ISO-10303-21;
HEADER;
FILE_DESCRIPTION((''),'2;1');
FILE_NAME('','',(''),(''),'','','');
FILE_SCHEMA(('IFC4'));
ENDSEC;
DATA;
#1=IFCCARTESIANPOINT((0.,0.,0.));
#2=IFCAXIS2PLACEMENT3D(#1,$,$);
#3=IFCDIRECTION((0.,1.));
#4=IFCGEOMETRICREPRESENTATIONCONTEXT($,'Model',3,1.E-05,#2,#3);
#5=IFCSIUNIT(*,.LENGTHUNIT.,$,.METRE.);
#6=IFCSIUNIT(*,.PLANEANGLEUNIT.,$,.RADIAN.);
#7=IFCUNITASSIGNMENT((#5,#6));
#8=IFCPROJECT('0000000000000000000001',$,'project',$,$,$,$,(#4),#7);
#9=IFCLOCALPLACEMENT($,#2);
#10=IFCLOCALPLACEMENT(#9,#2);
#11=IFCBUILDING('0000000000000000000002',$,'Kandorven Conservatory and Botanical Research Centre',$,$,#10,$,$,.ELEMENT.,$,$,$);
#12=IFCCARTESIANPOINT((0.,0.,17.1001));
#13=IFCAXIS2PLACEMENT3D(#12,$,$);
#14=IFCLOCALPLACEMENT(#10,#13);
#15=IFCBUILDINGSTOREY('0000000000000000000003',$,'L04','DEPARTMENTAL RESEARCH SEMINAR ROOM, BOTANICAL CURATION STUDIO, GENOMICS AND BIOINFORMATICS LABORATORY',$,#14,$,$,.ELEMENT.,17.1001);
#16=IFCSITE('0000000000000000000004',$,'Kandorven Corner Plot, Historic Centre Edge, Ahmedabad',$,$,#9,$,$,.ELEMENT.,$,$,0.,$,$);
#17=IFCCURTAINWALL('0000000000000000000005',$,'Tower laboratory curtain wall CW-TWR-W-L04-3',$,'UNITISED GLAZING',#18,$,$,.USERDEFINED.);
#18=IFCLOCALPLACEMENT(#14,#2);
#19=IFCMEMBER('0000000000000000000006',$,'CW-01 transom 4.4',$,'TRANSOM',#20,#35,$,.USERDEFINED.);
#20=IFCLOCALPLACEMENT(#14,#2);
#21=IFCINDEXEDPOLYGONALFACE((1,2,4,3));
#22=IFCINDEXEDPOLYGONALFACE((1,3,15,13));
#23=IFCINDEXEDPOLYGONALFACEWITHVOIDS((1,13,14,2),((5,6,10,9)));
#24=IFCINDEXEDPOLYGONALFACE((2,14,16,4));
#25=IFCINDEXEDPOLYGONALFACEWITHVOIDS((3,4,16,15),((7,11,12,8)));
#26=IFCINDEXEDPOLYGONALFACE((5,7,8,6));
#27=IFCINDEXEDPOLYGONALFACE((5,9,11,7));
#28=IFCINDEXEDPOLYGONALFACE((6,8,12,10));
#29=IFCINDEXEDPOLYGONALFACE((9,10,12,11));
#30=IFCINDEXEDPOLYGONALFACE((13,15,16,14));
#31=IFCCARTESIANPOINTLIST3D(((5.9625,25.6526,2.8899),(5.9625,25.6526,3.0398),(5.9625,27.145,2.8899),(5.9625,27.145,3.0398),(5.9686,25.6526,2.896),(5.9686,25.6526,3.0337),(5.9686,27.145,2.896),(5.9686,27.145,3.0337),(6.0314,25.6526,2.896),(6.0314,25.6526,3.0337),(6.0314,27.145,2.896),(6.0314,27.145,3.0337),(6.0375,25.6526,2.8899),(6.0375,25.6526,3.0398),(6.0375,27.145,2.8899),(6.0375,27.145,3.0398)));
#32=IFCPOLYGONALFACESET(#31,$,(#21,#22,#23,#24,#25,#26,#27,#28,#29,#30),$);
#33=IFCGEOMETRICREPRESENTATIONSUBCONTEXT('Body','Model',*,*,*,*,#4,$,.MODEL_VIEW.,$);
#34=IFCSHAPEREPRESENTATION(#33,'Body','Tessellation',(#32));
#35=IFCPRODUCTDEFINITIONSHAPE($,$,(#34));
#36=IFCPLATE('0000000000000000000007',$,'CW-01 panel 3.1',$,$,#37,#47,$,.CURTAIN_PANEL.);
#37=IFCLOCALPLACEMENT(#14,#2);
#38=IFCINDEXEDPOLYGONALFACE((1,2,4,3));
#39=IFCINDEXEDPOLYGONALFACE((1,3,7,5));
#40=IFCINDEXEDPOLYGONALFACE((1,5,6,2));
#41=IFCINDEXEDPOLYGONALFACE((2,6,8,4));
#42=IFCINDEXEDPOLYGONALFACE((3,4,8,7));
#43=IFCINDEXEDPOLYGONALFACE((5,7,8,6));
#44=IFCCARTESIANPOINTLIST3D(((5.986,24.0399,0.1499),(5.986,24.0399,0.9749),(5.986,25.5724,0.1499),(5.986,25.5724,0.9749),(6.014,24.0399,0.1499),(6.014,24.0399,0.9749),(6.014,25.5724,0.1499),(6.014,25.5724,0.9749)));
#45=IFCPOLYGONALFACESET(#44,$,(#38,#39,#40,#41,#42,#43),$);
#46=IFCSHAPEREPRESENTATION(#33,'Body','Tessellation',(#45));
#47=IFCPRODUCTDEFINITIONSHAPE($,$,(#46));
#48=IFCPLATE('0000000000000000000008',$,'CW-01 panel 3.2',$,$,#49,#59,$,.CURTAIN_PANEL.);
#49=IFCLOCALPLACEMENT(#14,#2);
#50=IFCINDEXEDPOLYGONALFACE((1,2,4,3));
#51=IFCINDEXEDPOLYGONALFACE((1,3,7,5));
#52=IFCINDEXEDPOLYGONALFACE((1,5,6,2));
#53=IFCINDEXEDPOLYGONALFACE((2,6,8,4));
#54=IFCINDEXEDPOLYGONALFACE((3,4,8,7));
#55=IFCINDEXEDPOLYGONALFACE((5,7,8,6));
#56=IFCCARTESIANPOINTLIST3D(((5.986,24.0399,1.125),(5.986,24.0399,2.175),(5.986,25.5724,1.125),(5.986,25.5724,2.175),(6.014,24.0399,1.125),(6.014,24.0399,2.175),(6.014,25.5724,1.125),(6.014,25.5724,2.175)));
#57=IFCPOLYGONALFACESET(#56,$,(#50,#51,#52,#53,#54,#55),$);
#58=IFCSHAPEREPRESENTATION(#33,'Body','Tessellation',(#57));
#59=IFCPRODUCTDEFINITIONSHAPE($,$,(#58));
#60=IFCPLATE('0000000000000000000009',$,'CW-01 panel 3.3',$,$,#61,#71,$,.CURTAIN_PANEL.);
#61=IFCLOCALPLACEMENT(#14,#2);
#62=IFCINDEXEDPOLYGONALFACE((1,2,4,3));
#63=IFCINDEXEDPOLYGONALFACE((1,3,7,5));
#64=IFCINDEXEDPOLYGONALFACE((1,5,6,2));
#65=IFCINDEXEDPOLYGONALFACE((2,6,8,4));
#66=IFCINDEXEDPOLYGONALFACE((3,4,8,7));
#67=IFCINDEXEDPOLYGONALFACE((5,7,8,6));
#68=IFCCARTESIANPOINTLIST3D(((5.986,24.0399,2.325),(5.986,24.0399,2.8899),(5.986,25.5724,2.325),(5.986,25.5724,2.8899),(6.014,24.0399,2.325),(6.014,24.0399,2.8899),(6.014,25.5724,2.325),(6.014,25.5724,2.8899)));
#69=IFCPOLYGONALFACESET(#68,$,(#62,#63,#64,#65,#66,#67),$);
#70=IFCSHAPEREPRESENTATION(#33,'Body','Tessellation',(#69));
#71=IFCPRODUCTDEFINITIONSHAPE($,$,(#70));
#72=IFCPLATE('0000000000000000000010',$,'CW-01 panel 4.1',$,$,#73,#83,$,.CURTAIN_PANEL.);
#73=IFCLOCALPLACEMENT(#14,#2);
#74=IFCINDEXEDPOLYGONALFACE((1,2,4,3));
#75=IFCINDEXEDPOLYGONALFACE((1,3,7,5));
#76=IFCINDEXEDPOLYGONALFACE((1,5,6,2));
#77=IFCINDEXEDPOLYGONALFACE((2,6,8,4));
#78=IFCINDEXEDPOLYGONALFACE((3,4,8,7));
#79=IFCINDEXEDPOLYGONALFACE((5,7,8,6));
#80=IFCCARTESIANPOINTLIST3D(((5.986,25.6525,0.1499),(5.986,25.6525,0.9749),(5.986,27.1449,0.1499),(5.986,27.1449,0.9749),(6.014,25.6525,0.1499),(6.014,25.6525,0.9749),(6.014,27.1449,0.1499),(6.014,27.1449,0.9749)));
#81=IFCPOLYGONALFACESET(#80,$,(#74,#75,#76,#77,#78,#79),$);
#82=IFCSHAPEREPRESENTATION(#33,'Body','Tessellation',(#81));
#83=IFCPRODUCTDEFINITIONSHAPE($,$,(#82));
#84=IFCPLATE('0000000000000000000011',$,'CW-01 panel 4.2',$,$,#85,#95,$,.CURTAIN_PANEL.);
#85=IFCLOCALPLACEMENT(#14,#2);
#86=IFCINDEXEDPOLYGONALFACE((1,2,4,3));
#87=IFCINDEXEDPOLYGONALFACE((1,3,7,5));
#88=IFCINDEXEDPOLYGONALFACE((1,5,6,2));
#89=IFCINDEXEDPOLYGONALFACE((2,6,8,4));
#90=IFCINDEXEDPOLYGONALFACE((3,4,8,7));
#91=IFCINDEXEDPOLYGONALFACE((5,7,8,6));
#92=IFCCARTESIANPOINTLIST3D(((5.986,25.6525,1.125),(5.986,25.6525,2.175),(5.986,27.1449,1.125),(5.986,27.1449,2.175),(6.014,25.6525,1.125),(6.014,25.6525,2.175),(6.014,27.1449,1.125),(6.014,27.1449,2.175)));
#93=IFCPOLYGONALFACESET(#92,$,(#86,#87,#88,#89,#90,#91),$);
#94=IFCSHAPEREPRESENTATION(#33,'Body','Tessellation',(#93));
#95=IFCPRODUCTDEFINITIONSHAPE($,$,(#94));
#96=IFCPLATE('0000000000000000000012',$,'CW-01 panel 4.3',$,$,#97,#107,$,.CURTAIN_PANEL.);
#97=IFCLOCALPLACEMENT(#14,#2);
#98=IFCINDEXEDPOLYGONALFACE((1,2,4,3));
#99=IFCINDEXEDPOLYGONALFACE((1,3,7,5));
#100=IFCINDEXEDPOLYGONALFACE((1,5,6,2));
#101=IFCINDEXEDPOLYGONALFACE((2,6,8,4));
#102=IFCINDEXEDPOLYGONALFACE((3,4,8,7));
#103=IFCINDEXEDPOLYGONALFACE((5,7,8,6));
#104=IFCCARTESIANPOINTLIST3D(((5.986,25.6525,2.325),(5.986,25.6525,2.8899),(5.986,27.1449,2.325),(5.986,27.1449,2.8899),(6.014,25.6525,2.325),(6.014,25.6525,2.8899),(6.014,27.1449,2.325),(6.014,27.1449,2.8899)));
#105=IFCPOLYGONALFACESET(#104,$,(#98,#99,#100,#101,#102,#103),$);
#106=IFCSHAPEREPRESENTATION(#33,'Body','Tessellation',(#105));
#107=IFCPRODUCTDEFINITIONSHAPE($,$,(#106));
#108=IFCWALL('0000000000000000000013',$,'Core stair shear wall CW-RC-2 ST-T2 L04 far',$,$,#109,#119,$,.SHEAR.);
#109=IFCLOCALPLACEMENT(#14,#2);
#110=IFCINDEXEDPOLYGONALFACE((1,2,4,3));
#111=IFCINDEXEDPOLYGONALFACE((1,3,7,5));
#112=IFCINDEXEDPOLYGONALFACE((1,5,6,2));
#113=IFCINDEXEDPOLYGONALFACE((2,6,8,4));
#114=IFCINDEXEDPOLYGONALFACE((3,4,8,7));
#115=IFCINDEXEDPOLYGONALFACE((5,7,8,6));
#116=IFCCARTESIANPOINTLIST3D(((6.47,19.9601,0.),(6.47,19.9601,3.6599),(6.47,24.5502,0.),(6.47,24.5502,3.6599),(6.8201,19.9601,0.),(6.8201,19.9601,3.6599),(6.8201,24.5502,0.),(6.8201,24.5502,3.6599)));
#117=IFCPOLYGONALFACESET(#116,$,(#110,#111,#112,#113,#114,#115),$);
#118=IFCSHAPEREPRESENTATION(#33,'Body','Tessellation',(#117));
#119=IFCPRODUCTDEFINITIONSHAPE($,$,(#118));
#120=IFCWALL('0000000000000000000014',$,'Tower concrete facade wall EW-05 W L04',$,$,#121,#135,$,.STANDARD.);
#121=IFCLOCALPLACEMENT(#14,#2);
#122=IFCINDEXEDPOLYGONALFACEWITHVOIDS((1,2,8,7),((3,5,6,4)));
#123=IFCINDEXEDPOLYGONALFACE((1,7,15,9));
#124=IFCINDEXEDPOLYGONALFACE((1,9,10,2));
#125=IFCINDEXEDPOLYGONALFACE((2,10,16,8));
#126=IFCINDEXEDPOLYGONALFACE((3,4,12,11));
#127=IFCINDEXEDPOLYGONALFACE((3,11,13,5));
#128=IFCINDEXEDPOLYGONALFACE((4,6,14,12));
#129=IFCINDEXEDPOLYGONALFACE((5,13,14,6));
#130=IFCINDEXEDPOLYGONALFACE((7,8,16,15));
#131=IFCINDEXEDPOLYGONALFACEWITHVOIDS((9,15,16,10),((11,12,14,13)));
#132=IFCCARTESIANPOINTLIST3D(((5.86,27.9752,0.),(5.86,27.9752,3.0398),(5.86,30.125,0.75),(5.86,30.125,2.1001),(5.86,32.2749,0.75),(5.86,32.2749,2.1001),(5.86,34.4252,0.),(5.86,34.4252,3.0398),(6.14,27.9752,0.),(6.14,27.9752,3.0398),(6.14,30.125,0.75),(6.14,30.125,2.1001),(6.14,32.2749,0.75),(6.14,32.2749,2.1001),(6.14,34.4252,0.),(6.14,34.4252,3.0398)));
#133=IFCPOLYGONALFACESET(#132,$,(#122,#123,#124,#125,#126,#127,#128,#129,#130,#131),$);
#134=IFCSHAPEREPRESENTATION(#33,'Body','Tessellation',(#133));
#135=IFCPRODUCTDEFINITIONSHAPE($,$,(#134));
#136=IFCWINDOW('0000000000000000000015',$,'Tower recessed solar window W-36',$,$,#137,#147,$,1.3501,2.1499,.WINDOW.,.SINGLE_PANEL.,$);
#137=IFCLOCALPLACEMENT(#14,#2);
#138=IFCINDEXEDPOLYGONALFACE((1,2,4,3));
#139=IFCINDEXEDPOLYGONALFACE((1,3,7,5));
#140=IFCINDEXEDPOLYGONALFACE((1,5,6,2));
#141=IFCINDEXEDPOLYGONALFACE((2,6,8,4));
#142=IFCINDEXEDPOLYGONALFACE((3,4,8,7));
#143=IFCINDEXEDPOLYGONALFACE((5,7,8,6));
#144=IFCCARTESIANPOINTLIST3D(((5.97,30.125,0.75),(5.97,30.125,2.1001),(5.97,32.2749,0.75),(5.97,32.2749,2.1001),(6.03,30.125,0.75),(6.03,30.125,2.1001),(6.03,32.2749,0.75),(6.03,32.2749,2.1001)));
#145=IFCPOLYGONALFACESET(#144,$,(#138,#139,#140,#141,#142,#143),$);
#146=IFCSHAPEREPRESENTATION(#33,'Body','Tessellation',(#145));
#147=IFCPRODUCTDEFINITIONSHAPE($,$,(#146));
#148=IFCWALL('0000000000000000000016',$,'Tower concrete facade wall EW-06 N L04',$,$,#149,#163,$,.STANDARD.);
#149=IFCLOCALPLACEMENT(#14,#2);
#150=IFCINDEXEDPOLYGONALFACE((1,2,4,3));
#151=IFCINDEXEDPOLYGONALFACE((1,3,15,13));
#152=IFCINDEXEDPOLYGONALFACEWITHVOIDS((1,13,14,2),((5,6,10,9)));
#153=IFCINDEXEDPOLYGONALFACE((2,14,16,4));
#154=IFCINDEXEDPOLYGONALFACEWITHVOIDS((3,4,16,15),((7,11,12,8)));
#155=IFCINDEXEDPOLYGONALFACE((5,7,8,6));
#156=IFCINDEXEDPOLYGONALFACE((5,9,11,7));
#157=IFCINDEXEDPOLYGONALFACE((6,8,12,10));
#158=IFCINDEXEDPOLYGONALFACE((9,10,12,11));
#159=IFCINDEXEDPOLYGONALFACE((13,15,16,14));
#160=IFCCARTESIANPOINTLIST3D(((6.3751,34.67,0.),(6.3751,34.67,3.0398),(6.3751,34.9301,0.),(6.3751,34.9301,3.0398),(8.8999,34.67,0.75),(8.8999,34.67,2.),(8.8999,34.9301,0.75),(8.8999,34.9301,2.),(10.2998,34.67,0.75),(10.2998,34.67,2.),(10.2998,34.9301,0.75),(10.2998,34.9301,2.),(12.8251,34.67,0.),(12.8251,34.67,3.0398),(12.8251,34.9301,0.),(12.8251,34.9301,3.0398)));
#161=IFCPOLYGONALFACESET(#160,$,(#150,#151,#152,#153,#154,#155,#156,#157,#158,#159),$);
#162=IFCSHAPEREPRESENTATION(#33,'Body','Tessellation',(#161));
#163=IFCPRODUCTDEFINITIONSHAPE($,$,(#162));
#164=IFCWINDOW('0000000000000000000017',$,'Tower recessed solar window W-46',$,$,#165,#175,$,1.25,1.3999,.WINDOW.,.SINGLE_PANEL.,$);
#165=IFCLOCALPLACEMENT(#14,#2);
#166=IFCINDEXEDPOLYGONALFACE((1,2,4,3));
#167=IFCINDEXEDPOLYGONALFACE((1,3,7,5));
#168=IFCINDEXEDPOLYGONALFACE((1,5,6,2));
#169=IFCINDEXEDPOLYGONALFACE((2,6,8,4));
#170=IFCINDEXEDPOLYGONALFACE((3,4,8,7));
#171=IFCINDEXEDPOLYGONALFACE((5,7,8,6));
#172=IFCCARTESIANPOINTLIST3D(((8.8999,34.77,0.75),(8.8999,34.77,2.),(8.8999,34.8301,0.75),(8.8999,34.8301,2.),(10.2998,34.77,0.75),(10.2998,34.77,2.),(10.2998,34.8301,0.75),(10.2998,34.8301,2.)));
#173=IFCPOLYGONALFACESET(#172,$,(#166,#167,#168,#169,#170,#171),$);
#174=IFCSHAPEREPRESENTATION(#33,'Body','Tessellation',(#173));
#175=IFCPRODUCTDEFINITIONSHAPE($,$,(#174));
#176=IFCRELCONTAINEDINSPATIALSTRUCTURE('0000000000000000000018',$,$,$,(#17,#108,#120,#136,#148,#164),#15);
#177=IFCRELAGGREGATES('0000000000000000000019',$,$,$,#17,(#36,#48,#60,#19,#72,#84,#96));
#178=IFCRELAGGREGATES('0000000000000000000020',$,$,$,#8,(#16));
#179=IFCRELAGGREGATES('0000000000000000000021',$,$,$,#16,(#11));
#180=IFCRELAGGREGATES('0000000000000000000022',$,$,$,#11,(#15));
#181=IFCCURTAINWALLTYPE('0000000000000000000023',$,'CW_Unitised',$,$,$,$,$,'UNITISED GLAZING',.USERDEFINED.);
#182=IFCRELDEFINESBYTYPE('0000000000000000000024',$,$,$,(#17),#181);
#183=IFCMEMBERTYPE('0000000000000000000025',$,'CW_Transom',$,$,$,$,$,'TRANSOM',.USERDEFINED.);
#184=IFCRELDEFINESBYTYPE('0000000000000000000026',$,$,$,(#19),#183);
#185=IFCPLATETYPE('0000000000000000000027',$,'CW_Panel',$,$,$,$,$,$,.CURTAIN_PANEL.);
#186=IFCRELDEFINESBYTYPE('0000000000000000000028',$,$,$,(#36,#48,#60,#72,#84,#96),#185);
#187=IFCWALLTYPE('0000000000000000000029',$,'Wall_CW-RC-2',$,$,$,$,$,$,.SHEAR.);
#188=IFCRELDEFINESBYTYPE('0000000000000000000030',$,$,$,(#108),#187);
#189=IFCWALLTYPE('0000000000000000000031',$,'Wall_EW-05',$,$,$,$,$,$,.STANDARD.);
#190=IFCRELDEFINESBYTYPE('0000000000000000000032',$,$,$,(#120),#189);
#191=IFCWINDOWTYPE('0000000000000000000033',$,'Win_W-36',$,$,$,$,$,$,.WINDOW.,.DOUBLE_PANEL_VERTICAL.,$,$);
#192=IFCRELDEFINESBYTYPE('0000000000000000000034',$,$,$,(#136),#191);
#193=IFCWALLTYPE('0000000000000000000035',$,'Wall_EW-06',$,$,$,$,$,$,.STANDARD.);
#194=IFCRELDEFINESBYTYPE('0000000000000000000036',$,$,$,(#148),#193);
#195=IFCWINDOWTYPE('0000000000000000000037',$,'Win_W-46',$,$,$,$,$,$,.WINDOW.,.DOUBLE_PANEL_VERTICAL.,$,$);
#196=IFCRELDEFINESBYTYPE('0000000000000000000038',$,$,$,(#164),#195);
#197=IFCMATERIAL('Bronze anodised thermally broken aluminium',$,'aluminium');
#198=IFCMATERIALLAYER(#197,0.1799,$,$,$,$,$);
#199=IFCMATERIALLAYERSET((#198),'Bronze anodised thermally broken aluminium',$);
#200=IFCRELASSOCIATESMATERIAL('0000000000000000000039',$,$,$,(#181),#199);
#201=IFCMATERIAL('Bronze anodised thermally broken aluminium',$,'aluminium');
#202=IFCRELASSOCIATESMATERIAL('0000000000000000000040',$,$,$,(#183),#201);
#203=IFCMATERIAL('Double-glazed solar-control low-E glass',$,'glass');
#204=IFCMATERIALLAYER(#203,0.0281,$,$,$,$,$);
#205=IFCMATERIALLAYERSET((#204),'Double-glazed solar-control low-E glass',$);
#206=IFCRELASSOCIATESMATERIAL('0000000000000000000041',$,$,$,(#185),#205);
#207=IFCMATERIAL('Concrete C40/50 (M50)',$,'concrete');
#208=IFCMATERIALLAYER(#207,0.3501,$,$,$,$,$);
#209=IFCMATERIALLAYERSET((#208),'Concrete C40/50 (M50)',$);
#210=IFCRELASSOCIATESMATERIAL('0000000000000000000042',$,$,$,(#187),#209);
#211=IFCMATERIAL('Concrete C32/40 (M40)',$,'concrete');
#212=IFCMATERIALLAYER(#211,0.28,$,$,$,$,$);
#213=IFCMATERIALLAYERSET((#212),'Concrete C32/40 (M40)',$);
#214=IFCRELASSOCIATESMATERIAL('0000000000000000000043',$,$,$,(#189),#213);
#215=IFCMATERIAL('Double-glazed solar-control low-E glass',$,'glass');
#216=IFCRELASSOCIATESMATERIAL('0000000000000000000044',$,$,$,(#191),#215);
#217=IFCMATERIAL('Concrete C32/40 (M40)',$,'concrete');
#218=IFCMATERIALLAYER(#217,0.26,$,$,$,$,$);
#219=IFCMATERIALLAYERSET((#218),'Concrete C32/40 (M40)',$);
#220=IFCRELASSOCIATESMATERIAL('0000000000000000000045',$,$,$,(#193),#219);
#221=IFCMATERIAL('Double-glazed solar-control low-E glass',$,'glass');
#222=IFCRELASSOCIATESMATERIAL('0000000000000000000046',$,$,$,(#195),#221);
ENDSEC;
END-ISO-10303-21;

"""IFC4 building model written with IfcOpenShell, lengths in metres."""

from ifc_helpers import new_model, si_unit, direction, frame, frame_2d, origin, origin_2d, place, context, subcontext, project, spatial, rectangle, hollow_rectangle, extrude, material, layer, layer_set, material_profile, profile_set, type_object, element, fill, aggregate, save


model = new_model("IFC4")

# Units and contexts
model_context = context("Model", 3, precision=1e-05, world=origin(), true_north=direction((0.0, 1.0)))
body_context = subcontext(model_context, "Body", "Model", "MODEL_VIEW")
ifc_project = project(units=[si_unit("LENGTHUNIT", "METRE"), si_unit("PLANEANGLEUNIT", "RADIAN")], contexts=[model_context])

# Site, building, storey
site_placement = place(None, origin())
site = spatial("IfcSite", under=ifc_project, at=site_placement, Name="Kandorven Corner Plot, Historic Centre Edge, Ahmedabad", CompositionType="ELEMENT", RefElevation=0.0)
building_placement = place(site_placement, origin())
building = spatial("IfcBuilding", under=site, at=building_placement, Name="Kandorven Conservatory and Botanical Research Centre", CompositionType="ELEMENT")
storey_placement = place(building_placement, frame((0.0, 0.0, 17.1001)))
storey = spatial("IfcBuildingStorey", under=building, at=storey_placement, Name="L04", Description="DEPARTMENTAL RESEARCH SEMINAR ROOM, BOTANICAL CURATION STUDIO, GENOMICS AND BIOINFORMATICS LABORATORY", CompositionType="ELEMENT", Elevation=17.1001)

# Shared definitions
ifc_material_1 = material(Name="Bronze anodised thermally broken aluminium", Category="aluminium")
ifc_layer_1 = layer(ifc_material_1, 0.1799)
ifc_layer_set_1 = layer_set([ifc_layer_1], Name="Bronze anodised thermally broken aluminium")
curtain_wall_type = type_object("IfcCurtainWallType", Name="CW_Unitised", ElementType="UNITISED GLAZING", PredefinedType="USERDEFINED", material=ifc_layer_set_1)

# Curtain wall, member, plates
curtain_wall_1_placement = place(storey_placement, origin())
curtain_wall_1 = element("IfcCurtainWall", 1, at=curtain_wall_1_placement, inside=storey, type_object=curtain_wall_type, Name="Tower laboratory curtain wall CW-TWR-W-L04-3", ObjectType="UNITISED GLAZING", PredefinedType="USERDEFINED")
ifc_material_2 = material(Name="Bronze anodised thermally broken aluminium", Category="aluminium")
ifc_material_profile_1 = material_profile(ifc_material_2, hollow_rectangle(XDim=0.075, YDim=0.1499, WallThickness=0.0061, at=origin_2d()))
ifc_profile_set_1 = profile_set([ifc_material_profile_1], Name="Bronze anodised thermally broken aluminium")
member_type_1 = type_object("IfcMemberType", Name="CW_Transom", ElementType="TRANSOM", PredefinedType="USERDEFINED", material=ifc_profile_set_1)
member_1_placement = place(storey_placement, frame((6.0, 25.6526, 2.9648), z_axis=(0.0, 1.0, 0.0), x_axis=(-1.0, 0.0, 0.0)))
member_1 = element("IfcMember", 2, at=member_1_placement, type_object=member_type_1, Name="CW-01 transom 4.4", ObjectType="TRANSOM", PredefinedType="USERDEFINED", context=body_context, shape_type="SweptSolid", body=[
    extrude(hollow_rectangle(XDim=0.075, YDim=0.1499, WallThickness=0.0061, at=origin_2d()), origin(), (0.0, 0.0, 1.0), 1.4924),
])
ifc_material_3 = material(Name="Double-glazed solar-control low-E glass", Category="glass")
ifc_layer_2 = layer(ifc_material_3, 0.0281)
ifc_layer_set_2 = layer_set([ifc_layer_2], Name="Double-glazed solar-control low-E glass")
plate_type = type_object("IfcPlateType", Name="CW_Panel", PredefinedType="CURTAIN_PANEL", material=ifc_layer_set_2)
plate_1_placement = place(storey_placement, frame((6.0, 24.8062, 0.1499), z_axis=(0.0, 0.0, 1.0), x_axis=(0.0, 1.0, 0.0)))
plate_1 = element("IfcPlate", 3, at=plate_1_placement, type_object=plate_type, Name="CW-01 panel 3.1", PredefinedType="CURTAIN_PANEL", context=body_context, shape_type="SweptSolid", body=[
    extrude(rectangle(XDim=1.5325, YDim=0.0281, at=origin_2d()), origin(), (0.0, 0.0, 1.0), 0.825),
])
plate_2_placement = place(storey_placement, frame((6.0, 24.8062, 1.125), z_axis=(0.0, 0.0, 1.0), x_axis=(0.0, 1.0, 0.0)))
plate_2 = element("IfcPlate", 4, at=plate_2_placement, type_object=plate_type, Name="CW-01 panel 3.2", PredefinedType="CURTAIN_PANEL", context=body_context, shape_type="SweptSolid", body=[
    extrude(rectangle(XDim=1.5325, YDim=0.0281, at=origin_2d()), origin(), (0.0, 0.0, 1.0), 1.05),
])
plate_3_placement = place(storey_placement, frame((6.0, 24.8062, 2.325), z_axis=(0.0, 0.0, 1.0), x_axis=(0.0, 1.0, 0.0)))
plate_3 = element("IfcPlate", 5, at=plate_3_placement, type_object=plate_type, Name="CW-01 panel 3.3", PredefinedType="CURTAIN_PANEL", context=body_context, shape_type="SweptSolid", body=[
    extrude(rectangle(XDim=1.5325, YDim=0.0281, at=origin_2d()), origin(), (0.0, 0.0, 1.0), 0.5649),
])
plate_4_placement = place(storey_placement, frame((6.0, 26.3987, 0.1499), z_axis=(0.0, 0.0, 1.0), x_axis=(0.0, 1.0, 0.0)))
plate_4 = element("IfcPlate", 6, at=plate_4_placement, type_object=plate_type, Name="CW-01 panel 4.1", PredefinedType="CURTAIN_PANEL", context=body_context, shape_type="SweptSolid", body=[
    extrude(rectangle(XDim=1.4924, YDim=0.0281, at=origin_2d()), origin(), (0.0, 0.0, 1.0), 0.825),
])
plate_5_placement = place(storey_placement, frame((6.0, 26.3987, 1.125), z_axis=(0.0, 0.0, 1.0), x_axis=(0.0, 1.0, 0.0)))
plate_5 = element("IfcPlate", 7, at=plate_5_placement, type_object=plate_type, Name="CW-01 panel 4.2", PredefinedType="CURTAIN_PANEL", context=body_context, shape_type="SweptSolid", body=[
    extrude(rectangle(XDim=1.4924, YDim=0.0281, at=origin_2d()), origin(), (0.0, 0.0, 1.0), 1.05),
])
plate_6_placement = place(storey_placement, frame((6.0, 26.3987, 2.325), z_axis=(0.0, 0.0, 1.0), x_axis=(0.0, 1.0, 0.0)))
plate_6 = element("IfcPlate", 8, at=plate_6_placement, type_object=plate_type, Name="CW-01 panel 4.3", PredefinedType="CURTAIN_PANEL", context=body_context, shape_type="SweptSolid", body=[
    extrude(rectangle(XDim=1.4924, YDim=0.0281, at=origin_2d()), origin(), (0.0, 0.0, 1.0), 0.5649),
])
aggregate(curtain_wall_1, [plate_1, plate_2, plate_3, member_1, plate_4, plate_5, plate_6])

# Wall
ifc_material_4 = material(Name="Concrete C40/50 (M50)", Category="concrete")
ifc_layer_3 = layer(ifc_material_4, 0.3501)
ifc_layer_set_3 = layer_set([ifc_layer_3], Name="Concrete C40/50 (M50)")
wall_type_1 = type_object("IfcWallType", Name="Wall_CW-RC-2", PredefinedType="SHEAR", material=ifc_layer_set_3)
wall_1_placement = place(storey_placement, frame((6.645, 24.55, 0.0), z_axis=(0.0, 0.0, 1.0), x_axis=(0.0, -1.0, 0.0)))
element("IfcWall", 9, at=wall_1_placement, inside=storey, type_object=wall_type_1, Name="Core stair shear wall CW-RC-2 ST-T2 L04 far", PredefinedType="SHEAR", context=body_context, shape_type="SweptSolid", body=[
    extrude(rectangle(XDim=4.5901, YDim=0.3501, at=frame_2d((2.2949, 0.0))), origin(), (0.0, 0.0, 1.0), 3.6599),
])

# Walls, openings, windows
ifc_material_5 = material(Name="Concrete C32/40 (M40)", Category="concrete")
ifc_layer_4 = layer(ifc_material_5, 0.28)
ifc_layer_set_4 = layer_set([ifc_layer_4], Name="Concrete C32/40 (M40)")
wall_type_2 = type_object("IfcWallType", Name="Wall_EW-05", PredefinedType="STANDARD", material=ifc_layer_set_4)
wall_2_placement = place(storey_placement, frame((6.0, 27.9751, 0.0), z_axis=(0.0, 0.0, 1.0), x_axis=(0.0, 1.0, 0.0)))
wall_2 = element("IfcWall", 10, at=wall_2_placement, inside=storey, type_object=wall_type_2, Name="Tower concrete facade wall EW-05 W L04", PredefinedType="STANDARD", context=body_context, shape_type="SweptSolid", body=[
    extrude(rectangle(XDim=6.45, YDim=0.28, at=frame_2d((3.2251, 0.0))), origin(), (0.0, 0.0, 1.0), 3.0398),
])
opening_1_placement = place(wall_2_placement, frame((2.1499, 0.0, 0.75)))
opening_1 = element("IfcOpeningElement", 11, at=opening_1_placement, cuts=wall_2, PredefinedType="OPENING", context=body_context, shape_type="SweptSolid", body=[
    extrude(rectangle(XDim=2.1499, YDim=1.3501, at=frame_2d((1.075, 0.675))), frame((0.0, 0.1499, 0.0), z_axis=(0.0, -1.0, 0.0), x_axis=(1.0, 0.0, 0.0)), (0.0, 0.0, 1.0), 0.3),
])
ifc_material_6 = material(Name="Double-glazed solar-control low-E glass", Category="glass")
window_type_1 = type_object("IfcWindowType", Name="Win_W-36", PartitioningType="DOUBLE_PANEL_VERTICAL", PredefinedType="WINDOW", material=ifc_material_6)
window_1_placement = place(opening_1_placement, origin())
window_1 = element("IfcWindow", 12, at=window_1_placement, inside=storey, type_object=window_type_1, Name="Tower recessed solar window W-36", OverallHeight=1.3501, OverallWidth=2.1499, PartitioningType="SINGLE_PANEL", PredefinedType="WINDOW", context=body_context, shape_type="SweptSolid", body=[
    extrude(rectangle(XDim=2.1499, YDim=1.3501, at=frame_2d((1.075, 0.675))), frame((0.0, 0.03, 0.0), z_axis=(0.0, -1.0, 0.0), x_axis=(1.0, 0.0, 0.0)), (0.0, 0.0, 1.0), 0.0601),
])
fill(opening_1, window_1)
ifc_material_7 = material(Name="Concrete C32/40 (M40)", Category="concrete")
ifc_layer_5 = layer(ifc_material_7, 0.26)
ifc_layer_set_5 = layer_set([ifc_layer_5], Name="Concrete C32/40 (M40)")
wall_type_3 = type_object("IfcWallType", Name="Wall_EW-06", PredefinedType="STANDARD", material=ifc_layer_set_5)
wall_3_placement = place(storey_placement, frame((6.375, 34.8, 0.0), z_axis=(0.0, 0.0, 1.0), x_axis=(1.0, 0.0, 0.0)))
wall_3 = element("IfcWall", 13, at=wall_3_placement, inside=storey, type_object=wall_type_3, Name="Tower concrete facade wall EW-06 N L04", PredefinedType="STANDARD", context=body_context, shape_type="SweptSolid", body=[
    extrude(rectangle(XDim=6.45, YDim=0.26, at=frame_2d((3.2251, 0.0))), origin(), (0.0, 0.0, 1.0), 3.0398),
])
opening_2_placement = place(wall_3_placement, frame((2.5249, 0.0, 0.75)))
opening_2 = element("IfcOpeningElement", 14, at=opening_2_placement, cuts=wall_3, PredefinedType="OPENING", context=body_context, shape_type="SweptSolid", body=[
    extrude(rectangle(XDim=1.3999, YDim=1.25, at=frame_2d((0.7, 0.625))), frame((0.0, 0.1399, 0.0), z_axis=(0.0, -1.0, 0.0), x_axis=(1.0, 0.0, 0.0)), (0.0, 0.0, 1.0), 0.28),
])
ifc_material_8 = material(Name="Double-glazed solar-control low-E glass", Category="glass")
window_type_2 = type_object("IfcWindowType", Name="Win_W-46", PartitioningType="DOUBLE_PANEL_VERTICAL", PredefinedType="WINDOW", material=ifc_material_8)
window_2_placement = place(opening_2_placement, origin())
window_2 = element("IfcWindow", 15, at=window_2_placement, inside=storey, type_object=window_type_2, Name="Tower recessed solar window W-46", OverallHeight=1.25, OverallWidth=1.3999, PartitioningType="SINGLE_PANEL", PredefinedType="WINDOW", context=body_context, shape_type="SweptSolid", body=[
    extrude(rectangle(XDim=1.3999, YDim=1.25, at=frame_2d((0.7, 0.625))), frame((0.0, 0.03, 0.0), z_axis=(0.0, -1.0, 0.0), x_axis=(1.0, 0.0, 0.0)), (0.0, 0.0, 1.0), 0.0601),
])
fill(opening_2, window_2)

save(model, "model.ifc")
